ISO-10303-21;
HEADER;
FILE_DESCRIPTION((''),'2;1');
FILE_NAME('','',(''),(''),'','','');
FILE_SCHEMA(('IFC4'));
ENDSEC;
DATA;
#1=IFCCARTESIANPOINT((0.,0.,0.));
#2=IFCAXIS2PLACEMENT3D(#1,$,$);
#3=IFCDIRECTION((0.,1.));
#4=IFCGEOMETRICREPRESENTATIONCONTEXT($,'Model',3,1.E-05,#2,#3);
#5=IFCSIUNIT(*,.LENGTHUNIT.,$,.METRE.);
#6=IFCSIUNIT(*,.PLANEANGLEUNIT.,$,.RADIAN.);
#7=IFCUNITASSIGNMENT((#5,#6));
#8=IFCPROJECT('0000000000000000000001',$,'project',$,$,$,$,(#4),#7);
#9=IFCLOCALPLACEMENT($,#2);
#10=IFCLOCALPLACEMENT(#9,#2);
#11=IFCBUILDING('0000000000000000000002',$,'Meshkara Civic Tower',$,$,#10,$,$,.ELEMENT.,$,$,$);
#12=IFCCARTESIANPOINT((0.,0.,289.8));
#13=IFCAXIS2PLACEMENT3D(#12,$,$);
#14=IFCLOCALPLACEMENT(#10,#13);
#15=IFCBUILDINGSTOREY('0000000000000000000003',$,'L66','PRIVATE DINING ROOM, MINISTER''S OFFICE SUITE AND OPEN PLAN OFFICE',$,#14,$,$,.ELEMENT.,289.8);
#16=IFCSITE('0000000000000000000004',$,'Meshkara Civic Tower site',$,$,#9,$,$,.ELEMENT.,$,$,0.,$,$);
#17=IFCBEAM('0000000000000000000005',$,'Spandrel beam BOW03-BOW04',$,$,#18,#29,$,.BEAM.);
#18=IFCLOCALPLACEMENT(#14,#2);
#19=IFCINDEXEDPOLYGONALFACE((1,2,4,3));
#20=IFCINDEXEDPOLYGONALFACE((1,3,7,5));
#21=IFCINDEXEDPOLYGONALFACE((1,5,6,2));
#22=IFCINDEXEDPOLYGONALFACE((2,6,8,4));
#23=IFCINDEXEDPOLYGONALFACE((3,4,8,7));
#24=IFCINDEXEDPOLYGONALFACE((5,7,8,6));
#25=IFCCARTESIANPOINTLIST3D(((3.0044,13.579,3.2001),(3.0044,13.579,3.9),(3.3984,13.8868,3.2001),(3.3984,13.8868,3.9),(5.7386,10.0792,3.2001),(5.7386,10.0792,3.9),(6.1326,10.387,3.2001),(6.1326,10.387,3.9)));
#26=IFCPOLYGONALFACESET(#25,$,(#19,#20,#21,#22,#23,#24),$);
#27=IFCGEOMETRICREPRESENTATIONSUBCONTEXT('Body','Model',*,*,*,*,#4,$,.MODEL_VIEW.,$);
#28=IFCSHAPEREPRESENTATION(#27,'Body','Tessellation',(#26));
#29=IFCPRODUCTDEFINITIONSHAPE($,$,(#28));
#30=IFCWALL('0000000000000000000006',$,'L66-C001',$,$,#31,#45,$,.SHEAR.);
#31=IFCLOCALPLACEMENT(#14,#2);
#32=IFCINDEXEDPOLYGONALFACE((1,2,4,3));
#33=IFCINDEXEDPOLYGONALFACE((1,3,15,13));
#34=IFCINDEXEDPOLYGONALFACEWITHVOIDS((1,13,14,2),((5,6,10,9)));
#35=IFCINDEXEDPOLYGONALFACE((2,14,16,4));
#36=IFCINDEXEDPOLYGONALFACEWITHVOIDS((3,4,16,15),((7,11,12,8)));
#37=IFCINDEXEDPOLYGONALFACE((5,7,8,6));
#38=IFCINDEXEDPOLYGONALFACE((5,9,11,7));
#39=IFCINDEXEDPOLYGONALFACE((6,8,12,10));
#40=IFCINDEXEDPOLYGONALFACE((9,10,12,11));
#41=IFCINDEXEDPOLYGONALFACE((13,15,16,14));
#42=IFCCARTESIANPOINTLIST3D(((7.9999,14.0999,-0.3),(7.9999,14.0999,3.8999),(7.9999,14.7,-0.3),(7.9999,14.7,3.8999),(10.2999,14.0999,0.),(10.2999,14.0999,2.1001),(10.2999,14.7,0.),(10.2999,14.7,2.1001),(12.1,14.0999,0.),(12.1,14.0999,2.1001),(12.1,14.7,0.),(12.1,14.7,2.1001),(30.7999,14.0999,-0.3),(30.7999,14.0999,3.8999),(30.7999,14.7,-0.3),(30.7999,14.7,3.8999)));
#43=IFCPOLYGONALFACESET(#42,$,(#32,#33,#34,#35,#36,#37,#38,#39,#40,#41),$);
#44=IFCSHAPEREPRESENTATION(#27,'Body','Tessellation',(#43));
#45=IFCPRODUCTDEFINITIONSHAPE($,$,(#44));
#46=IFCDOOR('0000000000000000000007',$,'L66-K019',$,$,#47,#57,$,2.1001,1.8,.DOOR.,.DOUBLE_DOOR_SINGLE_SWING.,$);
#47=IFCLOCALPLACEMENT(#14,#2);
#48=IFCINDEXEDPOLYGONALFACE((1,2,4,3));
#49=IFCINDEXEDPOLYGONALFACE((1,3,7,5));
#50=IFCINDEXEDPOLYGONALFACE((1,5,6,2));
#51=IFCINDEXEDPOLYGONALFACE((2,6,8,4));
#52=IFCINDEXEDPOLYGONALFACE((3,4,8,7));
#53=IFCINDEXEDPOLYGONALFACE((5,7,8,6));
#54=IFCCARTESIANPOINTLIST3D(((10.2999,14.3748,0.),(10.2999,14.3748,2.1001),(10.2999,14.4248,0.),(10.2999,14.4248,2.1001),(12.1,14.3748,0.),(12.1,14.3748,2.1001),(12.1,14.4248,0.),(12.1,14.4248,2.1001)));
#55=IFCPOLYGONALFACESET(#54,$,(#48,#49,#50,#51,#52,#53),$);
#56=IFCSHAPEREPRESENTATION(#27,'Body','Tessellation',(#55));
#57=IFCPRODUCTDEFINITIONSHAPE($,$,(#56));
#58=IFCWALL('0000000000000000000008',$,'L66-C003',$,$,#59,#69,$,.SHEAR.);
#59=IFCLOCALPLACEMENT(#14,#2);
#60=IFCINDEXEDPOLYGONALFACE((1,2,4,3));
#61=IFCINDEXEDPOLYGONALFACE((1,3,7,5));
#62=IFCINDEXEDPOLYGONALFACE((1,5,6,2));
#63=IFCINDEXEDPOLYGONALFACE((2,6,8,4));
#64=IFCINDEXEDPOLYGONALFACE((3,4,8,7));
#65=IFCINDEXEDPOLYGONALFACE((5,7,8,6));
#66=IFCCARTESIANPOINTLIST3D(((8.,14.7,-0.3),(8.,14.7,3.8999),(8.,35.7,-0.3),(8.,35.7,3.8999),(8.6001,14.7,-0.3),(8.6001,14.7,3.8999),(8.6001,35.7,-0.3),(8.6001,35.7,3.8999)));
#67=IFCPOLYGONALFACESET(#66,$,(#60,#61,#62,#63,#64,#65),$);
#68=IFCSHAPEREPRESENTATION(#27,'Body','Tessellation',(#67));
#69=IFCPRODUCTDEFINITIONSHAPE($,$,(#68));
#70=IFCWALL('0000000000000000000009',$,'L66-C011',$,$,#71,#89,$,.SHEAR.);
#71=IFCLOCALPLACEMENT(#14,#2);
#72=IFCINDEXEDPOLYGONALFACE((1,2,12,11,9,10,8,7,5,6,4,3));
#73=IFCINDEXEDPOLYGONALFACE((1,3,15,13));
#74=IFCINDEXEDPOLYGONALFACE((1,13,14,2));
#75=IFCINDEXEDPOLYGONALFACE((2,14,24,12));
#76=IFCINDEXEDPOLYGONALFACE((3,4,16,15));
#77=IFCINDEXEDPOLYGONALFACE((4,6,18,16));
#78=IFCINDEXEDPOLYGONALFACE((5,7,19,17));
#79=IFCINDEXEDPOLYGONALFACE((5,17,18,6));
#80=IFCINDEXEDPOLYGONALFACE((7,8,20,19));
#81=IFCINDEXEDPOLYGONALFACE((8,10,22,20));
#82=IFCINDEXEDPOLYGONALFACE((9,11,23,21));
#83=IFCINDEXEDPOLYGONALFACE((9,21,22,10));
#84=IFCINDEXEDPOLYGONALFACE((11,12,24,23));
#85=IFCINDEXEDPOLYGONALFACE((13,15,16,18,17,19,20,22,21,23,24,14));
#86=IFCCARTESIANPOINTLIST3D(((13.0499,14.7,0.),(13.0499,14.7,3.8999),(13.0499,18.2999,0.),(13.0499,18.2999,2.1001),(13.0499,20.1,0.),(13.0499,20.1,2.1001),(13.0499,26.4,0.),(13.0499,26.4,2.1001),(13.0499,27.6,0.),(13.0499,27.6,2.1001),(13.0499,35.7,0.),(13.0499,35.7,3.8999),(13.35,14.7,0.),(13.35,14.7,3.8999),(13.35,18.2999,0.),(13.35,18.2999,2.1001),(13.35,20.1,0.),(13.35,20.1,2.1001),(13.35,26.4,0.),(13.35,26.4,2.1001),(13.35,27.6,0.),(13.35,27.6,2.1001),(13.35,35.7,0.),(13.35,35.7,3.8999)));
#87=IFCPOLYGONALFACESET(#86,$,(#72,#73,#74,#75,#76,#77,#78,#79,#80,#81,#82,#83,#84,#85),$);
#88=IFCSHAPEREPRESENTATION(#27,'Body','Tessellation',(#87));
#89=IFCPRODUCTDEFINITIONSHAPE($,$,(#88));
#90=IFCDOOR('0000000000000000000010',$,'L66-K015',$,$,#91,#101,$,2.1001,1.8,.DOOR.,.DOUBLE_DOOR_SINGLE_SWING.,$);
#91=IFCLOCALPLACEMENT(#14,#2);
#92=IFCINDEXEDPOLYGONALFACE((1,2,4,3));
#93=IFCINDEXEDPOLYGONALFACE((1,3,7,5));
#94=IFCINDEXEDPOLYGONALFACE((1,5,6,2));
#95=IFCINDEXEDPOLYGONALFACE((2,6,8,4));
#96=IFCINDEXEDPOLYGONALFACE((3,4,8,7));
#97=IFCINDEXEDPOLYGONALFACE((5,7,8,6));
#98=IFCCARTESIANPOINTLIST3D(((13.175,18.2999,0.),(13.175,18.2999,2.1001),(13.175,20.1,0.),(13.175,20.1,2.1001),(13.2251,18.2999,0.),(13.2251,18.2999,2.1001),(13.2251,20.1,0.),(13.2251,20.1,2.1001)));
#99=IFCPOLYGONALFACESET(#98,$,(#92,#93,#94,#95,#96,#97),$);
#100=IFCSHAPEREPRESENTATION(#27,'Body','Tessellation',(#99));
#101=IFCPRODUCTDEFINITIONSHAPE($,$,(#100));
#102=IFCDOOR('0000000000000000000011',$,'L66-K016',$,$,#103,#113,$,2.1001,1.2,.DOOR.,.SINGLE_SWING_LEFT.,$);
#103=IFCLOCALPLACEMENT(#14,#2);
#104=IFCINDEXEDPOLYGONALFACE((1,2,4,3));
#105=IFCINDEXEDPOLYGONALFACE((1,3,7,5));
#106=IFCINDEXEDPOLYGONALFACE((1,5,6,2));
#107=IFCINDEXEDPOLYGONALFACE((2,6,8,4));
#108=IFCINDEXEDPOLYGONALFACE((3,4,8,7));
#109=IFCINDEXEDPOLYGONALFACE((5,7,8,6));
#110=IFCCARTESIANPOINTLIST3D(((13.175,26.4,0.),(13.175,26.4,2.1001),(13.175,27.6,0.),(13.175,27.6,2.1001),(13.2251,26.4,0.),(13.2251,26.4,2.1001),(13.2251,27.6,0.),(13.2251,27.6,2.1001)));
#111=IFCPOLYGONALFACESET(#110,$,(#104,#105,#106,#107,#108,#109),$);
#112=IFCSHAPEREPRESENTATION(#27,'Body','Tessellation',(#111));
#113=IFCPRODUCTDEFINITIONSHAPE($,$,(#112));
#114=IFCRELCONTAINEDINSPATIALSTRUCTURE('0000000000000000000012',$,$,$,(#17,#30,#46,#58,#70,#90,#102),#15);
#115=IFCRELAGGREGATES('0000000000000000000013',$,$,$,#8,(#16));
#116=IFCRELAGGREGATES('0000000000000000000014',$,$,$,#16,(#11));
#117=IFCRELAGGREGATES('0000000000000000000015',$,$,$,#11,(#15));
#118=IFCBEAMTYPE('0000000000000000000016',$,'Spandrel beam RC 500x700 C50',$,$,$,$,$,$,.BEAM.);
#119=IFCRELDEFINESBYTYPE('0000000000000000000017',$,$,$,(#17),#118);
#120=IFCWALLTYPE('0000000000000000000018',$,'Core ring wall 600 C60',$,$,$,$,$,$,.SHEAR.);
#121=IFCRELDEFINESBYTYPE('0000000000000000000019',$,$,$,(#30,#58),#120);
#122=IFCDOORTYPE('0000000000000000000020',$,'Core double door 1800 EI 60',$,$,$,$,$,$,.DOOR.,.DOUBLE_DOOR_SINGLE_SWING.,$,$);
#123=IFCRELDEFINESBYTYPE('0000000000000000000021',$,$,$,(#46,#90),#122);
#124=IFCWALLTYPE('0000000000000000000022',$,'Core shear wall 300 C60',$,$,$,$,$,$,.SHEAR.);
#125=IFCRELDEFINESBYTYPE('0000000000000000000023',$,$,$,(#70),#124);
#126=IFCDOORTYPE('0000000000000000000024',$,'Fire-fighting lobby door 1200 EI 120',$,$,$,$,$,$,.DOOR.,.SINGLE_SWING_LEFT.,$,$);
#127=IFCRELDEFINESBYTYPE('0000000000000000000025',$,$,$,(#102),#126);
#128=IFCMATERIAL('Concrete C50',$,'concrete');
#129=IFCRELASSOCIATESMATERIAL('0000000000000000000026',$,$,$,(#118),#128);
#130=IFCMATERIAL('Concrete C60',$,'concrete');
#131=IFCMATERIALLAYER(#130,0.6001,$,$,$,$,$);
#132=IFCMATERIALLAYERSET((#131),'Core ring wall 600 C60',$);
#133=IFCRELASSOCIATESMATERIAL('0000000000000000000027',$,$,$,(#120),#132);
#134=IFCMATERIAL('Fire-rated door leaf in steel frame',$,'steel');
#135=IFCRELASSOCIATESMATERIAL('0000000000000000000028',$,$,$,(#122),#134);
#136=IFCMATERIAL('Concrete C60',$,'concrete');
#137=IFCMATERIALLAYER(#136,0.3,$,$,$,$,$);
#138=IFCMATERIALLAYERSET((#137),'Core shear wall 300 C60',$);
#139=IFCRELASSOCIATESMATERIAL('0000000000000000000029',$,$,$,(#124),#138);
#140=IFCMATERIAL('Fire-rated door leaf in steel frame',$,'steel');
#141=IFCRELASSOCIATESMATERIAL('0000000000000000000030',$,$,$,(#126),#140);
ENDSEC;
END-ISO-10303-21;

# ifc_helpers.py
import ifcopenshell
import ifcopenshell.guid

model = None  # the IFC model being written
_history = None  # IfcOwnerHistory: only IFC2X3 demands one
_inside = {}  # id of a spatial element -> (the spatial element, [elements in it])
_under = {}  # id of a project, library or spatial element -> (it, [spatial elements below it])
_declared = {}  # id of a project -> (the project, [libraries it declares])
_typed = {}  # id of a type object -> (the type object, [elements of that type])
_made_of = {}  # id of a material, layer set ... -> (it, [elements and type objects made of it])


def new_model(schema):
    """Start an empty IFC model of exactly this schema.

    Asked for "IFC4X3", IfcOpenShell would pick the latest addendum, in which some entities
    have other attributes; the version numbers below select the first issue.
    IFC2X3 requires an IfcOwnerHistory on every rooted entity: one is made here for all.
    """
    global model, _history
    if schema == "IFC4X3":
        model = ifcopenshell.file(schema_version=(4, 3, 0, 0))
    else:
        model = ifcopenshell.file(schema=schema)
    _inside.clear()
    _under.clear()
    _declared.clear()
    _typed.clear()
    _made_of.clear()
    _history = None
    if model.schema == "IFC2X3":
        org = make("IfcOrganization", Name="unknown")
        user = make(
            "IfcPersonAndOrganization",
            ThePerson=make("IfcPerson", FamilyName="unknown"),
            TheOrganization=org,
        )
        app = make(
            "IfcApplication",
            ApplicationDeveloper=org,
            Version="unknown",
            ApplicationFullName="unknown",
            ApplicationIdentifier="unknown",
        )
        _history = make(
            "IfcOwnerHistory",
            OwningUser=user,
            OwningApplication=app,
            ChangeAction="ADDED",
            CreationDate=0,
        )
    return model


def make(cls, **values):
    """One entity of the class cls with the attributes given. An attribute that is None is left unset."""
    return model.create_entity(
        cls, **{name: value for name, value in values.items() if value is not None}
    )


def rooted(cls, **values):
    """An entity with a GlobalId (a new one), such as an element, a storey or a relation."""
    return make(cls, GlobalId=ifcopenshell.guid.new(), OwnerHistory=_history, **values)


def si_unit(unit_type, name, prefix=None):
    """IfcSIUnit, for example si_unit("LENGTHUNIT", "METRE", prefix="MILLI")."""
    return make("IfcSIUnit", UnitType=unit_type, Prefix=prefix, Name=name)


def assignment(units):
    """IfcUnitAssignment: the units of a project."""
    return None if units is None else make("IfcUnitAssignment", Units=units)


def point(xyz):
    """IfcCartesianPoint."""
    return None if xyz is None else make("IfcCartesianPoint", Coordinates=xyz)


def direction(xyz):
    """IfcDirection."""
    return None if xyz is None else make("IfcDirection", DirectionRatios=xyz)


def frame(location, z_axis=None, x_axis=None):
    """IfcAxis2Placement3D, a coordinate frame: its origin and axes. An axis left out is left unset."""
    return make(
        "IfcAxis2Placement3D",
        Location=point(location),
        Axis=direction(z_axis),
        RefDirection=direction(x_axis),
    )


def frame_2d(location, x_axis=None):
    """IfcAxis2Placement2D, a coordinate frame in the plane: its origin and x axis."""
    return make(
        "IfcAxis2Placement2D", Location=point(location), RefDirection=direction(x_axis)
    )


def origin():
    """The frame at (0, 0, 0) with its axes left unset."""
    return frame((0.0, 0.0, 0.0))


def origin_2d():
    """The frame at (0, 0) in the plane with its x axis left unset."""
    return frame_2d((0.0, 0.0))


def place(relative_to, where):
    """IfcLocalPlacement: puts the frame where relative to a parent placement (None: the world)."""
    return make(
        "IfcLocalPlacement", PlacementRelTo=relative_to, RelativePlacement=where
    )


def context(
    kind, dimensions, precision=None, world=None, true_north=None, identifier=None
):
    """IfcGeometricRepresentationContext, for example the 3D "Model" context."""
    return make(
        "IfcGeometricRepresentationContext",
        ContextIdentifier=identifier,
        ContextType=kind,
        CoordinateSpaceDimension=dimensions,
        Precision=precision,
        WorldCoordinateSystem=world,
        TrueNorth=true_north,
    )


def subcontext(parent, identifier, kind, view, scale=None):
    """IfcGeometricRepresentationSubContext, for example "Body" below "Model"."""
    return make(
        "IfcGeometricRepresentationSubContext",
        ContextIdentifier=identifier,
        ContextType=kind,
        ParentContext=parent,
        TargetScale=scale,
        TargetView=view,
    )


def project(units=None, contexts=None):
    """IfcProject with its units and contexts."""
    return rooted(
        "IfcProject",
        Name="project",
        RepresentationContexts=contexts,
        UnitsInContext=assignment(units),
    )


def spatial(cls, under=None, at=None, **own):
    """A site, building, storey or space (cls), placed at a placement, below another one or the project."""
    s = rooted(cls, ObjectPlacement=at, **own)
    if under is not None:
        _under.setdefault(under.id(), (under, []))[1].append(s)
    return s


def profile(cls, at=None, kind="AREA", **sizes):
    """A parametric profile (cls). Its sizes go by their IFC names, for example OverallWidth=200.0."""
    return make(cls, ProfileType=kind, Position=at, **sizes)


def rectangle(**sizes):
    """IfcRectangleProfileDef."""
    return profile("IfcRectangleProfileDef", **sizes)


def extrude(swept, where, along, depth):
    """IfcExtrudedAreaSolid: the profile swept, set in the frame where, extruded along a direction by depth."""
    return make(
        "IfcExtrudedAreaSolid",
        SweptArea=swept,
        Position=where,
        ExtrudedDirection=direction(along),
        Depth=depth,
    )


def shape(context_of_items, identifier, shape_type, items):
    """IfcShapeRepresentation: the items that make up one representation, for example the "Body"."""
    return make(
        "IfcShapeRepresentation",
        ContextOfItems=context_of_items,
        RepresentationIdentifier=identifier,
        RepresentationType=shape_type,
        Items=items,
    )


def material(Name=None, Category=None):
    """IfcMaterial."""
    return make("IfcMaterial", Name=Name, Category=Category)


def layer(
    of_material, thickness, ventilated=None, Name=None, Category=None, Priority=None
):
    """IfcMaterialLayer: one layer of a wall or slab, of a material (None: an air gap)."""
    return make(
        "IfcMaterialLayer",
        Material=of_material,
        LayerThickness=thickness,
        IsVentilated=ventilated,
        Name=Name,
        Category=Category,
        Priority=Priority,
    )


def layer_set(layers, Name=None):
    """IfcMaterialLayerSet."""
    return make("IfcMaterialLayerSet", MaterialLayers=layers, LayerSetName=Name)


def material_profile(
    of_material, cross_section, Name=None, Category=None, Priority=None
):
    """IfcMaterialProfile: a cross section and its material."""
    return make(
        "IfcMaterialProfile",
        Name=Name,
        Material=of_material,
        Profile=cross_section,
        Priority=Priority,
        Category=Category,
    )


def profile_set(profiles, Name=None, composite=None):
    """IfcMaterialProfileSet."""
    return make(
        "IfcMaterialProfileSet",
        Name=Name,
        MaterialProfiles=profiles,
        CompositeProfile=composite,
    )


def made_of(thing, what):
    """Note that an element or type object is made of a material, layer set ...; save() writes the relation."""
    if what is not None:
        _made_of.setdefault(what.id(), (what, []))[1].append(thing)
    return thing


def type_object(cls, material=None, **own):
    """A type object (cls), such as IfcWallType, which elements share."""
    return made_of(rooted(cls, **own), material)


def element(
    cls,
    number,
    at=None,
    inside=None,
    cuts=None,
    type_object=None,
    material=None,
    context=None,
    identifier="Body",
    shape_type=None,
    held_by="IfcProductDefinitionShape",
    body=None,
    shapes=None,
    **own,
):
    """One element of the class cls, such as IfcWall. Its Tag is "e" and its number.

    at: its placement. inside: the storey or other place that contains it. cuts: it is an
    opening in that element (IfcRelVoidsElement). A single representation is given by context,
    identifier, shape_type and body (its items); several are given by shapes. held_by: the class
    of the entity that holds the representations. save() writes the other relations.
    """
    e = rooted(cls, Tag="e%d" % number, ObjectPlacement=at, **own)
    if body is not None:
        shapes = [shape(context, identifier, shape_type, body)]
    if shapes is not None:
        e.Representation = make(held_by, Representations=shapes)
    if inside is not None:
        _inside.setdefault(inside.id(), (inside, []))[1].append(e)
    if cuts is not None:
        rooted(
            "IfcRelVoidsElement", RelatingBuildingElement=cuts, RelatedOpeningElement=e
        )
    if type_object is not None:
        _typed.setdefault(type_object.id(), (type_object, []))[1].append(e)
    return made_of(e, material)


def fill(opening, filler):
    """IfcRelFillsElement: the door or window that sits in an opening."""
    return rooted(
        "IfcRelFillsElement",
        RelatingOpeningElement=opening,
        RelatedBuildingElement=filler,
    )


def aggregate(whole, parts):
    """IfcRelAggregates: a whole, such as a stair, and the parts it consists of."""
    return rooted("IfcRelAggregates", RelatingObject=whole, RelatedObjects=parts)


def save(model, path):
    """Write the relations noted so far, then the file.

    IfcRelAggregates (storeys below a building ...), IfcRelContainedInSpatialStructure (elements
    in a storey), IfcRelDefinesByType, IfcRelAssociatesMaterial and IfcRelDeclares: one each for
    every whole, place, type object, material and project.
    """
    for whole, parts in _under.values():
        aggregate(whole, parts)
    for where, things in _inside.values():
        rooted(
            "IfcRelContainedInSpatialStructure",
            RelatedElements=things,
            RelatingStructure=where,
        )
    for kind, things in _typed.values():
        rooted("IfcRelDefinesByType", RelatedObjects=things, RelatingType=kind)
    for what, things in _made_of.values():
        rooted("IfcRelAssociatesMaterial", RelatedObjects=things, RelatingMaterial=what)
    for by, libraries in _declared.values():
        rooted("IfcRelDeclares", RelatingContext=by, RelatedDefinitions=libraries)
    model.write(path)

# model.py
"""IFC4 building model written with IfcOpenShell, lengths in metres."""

from ifc_helpers import new_model, si_unit, direction, frame, frame_2d, origin, origin_2d, place, context, subcontext, project, spatial, rectangle, extrude, material, layer, layer_set, material_profile, profile_set, type_object, element, fill, save


model = new_model("IFC4")

# Units and contexts
model_context = context("Model", 3, precision=1e-05, world=origin(), true_north=direction((0.0, 1.0)))
body_context = subcontext(model_context, "Body", "Model", "MODEL_VIEW")
ifc_project = project(units=[si_unit("LENGTHUNIT", "METRE"), si_unit("PLANEANGLEUNIT", "RADIAN")], contexts=[model_context])

# Site, building, storey
site_placement = place(None, origin())
site = spatial("IfcSite", under=ifc_project, at=site_placement, Name="Meshkara Civic Tower site", CompositionType="ELEMENT", RefElevation=0.0)
building_placement = place(site_placement, origin())
building = spatial("IfcBuilding", under=site, at=building_placement, Name="Meshkara Civic Tower", CompositionType="ELEMENT")
storey_placement = place(building_placement, frame((0.0, 0.0, 289.8)))
storey = spatial("IfcBuildingStorey", under=building, at=storey_placement, Name="L66", Description="PRIVATE DINING ROOM, MINISTER'S OFFICE SUITE AND OPEN PLAN OFFICE", CompositionType="ELEMENT", Elevation=289.8)

# Beam
ifc_material_1 = material(Name="Concrete C50", Category="concrete")
ifc_material_profile = material_profile(ifc_material_1, rectangle(XDim=0.5, YDim=0.7, at=origin_2d()))
ifc_profile_set = profile_set([ifc_material_profile], Name="Concrete C50")
beam_type = type_object("IfcBeamType", Name="Spandrel beam RC 500x700 C50", PredefinedType="BEAM", material=ifc_profile_set)
beam_placement = place(storey_placement, frame((3.2014, 13.7329, 3.55), z_axis=(0.615637, -0.78803, 0.0), x_axis=(0.78803, 0.615637, 0.0)))
element("IfcBeam", 1, at=beam_placement, inside=storey, type_object=beam_type, Name="Spandrel beam BOW03-BOW04", PredefinedType="BEAM", context=body_context, shape_type="SweptSolid", body=[
    extrude(rectangle(XDim=0.5, YDim=0.7, at=origin_2d()), origin(), (0.0, 0.0, 1.0), 4.4412),
])

# Wall, opening, door
ifc_material_2 = material(Name="Concrete C60", Category="concrete")
ifc_layer_1 = layer(ifc_material_2, 0.6001)
ifc_layer_set_1 = layer_set([ifc_layer_1], Name="Core ring wall 600 C60")
wall_type_1 = type_object("IfcWallType", Name="Core ring wall 600 C60", PredefinedType="SHEAR", material=ifc_layer_set_1)
wall_1_placement = place(storey_placement, frame((8.0, 14.3999, -0.3), z_axis=(0.0, 0.0, 1.0), x_axis=(1.0, 0.0, 0.0)))
wall_1 = element("IfcWall", 2, at=wall_1_placement, inside=storey, type_object=wall_type_1, Name="L66-C001", PredefinedType="SHEAR", context=body_context, shape_type="SweptSolid", body=[
    extrude(rectangle(XDim=22.8, YDim=0.6001, at=frame_2d((11.3999, 0.0))), origin(), (0.0, 0.0, 1.0), 4.2),
])
opening_1_placement = place(wall_1_placement, frame((2.3, 0.0, 0.3)))
opening_1 = element("IfcOpeningElement", 3, at=opening_1_placement, cuts=wall_1, PredefinedType="OPENING", context=body_context, shape_type="SweptSolid", body=[
    extrude(rectangle(XDim=1.8, YDim=2.1001, at=frame_2d((0.8999, 1.05))), frame((0.0, 0.3101, 0.0), z_axis=(0.0, -1.0, 0.0), x_axis=(1.0, 0.0, 0.0)), (0.0, 0.0, 1.0), 0.6201),
])
ifc_material_3 = material(Name="Fire-rated door leaf in steel frame", Category="steel")
door_type_1 = type_object("IfcDoorType", Name="Core double door 1800 EI 60", OperationType="DOUBLE_DOOR_SINGLE_SWING", PredefinedType="DOOR", material=ifc_material_3)
door_1_placement = place(opening_1_placement, origin())
door_1 = element("IfcDoor", 4, at=door_1_placement, inside=storey, type_object=door_type_1, Name="L66-K019", OperationType="DOUBLE_DOOR_SINGLE_SWING", OverallHeight=2.1001, OverallWidth=1.8, PredefinedType="DOOR", context=body_context, shape_type="SweptSolid", body=[
    extrude(rectangle(XDim=1.8, YDim=2.1001, at=frame_2d((0.8999, 1.05))), frame((0.0, 0.0249, 0.0), z_axis=(0.0, -1.0, 0.0), x_axis=(1.0, 0.0, 0.0)), (0.0, 0.0, 1.0), 0.05),
])
fill(opening_1, door_1)

# Wall
wall_2_placement = place(storey_placement, frame((8.3, 14.7, -0.3), z_axis=(0.0, 0.0, 1.0), x_axis=(0.0, 1.0, 0.0)))
element("IfcWall", 5, at=wall_2_placement, inside=storey, type_object=wall_type_1, Name="L66-C003", PredefinedType="SHEAR", context=body_context, shape_type="SweptSolid", body=[
    extrude(rectangle(XDim=21.0, YDim=0.6001, at=frame_2d((10.5, 0.0))), origin(), (0.0, 0.0, 1.0), 4.2),
])

# Wall, openings, doors
ifc_material_4 = material(Name="Concrete C60", Category="concrete")
ifc_layer_2 = layer(ifc_material_4, 0.3)
ifc_layer_set_2 = layer_set([ifc_layer_2], Name="Core shear wall 300 C60")
wall_type_2 = type_object("IfcWallType", Name="Core shear wall 300 C60", PredefinedType="SHEAR", material=ifc_layer_set_2)
wall_3_placement = place(storey_placement, frame((13.2, 14.7, 0.0), z_axis=(0.0, 0.0, 1.0), x_axis=(0.0, 1.0, 0.0)))
wall_3 = element("IfcWall", 6, at=wall_3_placement, inside=storey, type_object=wall_type_2, Name="L66-C011", PredefinedType="SHEAR", context=body_context, shape_type="SweptSolid", body=[
    extrude(rectangle(XDim=21.0, YDim=0.3, at=frame_2d((10.5, 0.0))), origin(), (0.0, 0.0, 1.0), 3.8999),
])
opening_2_placement = place(wall_3_placement, frame((3.6001, 0.0, 0.0)))
opening_2 = element("IfcOpeningElement", 7, at=opening_2_placement, cuts=wall_3, PredefinedType="OPENING", context=body_context, shape_type="SweptSolid", body=[
    extrude(rectangle(XDim=1.8, YDim=2.1001, at=frame_2d((0.8999, 1.05))), frame((0.0, 0.1599, 0.0), z_axis=(0.0, -1.0, 0.0), x_axis=(1.0, 0.0, 0.0)), (0.0, 0.0, 1.0), 0.3201),
])
opening_3_placement = place(wall_3_placement, frame((11.7, 0.0, 0.0)))
opening_3 = element("IfcOpeningElement", 8, at=opening_3_placement, cuts=wall_3, PredefinedType="OPENING", context=body_context, shape_type="SweptSolid", body=[
    extrude(rectangle(XDim=1.2, YDim=2.1001, at=frame_2d((0.6001, 1.05))), frame((0.0, 0.1599, 0.0), z_axis=(0.0, -1.0, 0.0), x_axis=(1.0, 0.0, 0.0)), (0.0, 0.0, 1.0), 0.3201),
])
door_2_placement = place(opening_2_placement, origin())
door_2 = element("IfcDoor", 9, at=door_2_placement, inside=storey, type_object=door_type_1, Name="L66-K015", OperationType="DOUBLE_DOOR_SINGLE_SWING", OverallHeight=2.1001, OverallWidth=1.8, PredefinedType="DOOR", context=body_context, shape_type="SweptSolid", body=[
    extrude(rectangle(XDim=1.8, YDim=2.1001, at=frame_2d((0.8999, 1.05))), frame((0.0, 0.0249, 0.0), z_axis=(0.0, -1.0, 0.0), x_axis=(1.0, 0.0, 0.0)), (0.0, 0.0, 1.0), 0.05),
])
fill(opening_2, door_2)
ifc_material_5 = material(Name="Fire-rated door leaf in steel frame", Category="steel")
door_type_2 = type_object("IfcDoorType", Name="Fire-fighting lobby door 1200 EI 120", OperationType="SINGLE_SWING_LEFT", PredefinedType="DOOR", material=ifc_material_5)
door_3_placement = place(opening_3_placement, origin())
door_3 = element("IfcDoor", 10, at=door_3_placement, inside=storey, type_object=door_type_2, Name="L66-K016", OperationType="SINGLE_SWING_LEFT", OverallHeight=2.1001, OverallWidth=1.2, PredefinedType="DOOR", context=body_context, shape_type="SweptSolid", body=[
    extrude(rectangle(XDim=1.2, YDim=2.1001, at=frame_2d((0.6001, 1.05))), frame((0.0, 0.0249, 0.0), z_axis=(0.0, -1.0, 0.0), x_axis=(1.0, 0.0, 0.0)), (0.0, 0.0, 1.0), 0.05),
])
fill(opening_3, door_3)

save(model, "model.ifc")
